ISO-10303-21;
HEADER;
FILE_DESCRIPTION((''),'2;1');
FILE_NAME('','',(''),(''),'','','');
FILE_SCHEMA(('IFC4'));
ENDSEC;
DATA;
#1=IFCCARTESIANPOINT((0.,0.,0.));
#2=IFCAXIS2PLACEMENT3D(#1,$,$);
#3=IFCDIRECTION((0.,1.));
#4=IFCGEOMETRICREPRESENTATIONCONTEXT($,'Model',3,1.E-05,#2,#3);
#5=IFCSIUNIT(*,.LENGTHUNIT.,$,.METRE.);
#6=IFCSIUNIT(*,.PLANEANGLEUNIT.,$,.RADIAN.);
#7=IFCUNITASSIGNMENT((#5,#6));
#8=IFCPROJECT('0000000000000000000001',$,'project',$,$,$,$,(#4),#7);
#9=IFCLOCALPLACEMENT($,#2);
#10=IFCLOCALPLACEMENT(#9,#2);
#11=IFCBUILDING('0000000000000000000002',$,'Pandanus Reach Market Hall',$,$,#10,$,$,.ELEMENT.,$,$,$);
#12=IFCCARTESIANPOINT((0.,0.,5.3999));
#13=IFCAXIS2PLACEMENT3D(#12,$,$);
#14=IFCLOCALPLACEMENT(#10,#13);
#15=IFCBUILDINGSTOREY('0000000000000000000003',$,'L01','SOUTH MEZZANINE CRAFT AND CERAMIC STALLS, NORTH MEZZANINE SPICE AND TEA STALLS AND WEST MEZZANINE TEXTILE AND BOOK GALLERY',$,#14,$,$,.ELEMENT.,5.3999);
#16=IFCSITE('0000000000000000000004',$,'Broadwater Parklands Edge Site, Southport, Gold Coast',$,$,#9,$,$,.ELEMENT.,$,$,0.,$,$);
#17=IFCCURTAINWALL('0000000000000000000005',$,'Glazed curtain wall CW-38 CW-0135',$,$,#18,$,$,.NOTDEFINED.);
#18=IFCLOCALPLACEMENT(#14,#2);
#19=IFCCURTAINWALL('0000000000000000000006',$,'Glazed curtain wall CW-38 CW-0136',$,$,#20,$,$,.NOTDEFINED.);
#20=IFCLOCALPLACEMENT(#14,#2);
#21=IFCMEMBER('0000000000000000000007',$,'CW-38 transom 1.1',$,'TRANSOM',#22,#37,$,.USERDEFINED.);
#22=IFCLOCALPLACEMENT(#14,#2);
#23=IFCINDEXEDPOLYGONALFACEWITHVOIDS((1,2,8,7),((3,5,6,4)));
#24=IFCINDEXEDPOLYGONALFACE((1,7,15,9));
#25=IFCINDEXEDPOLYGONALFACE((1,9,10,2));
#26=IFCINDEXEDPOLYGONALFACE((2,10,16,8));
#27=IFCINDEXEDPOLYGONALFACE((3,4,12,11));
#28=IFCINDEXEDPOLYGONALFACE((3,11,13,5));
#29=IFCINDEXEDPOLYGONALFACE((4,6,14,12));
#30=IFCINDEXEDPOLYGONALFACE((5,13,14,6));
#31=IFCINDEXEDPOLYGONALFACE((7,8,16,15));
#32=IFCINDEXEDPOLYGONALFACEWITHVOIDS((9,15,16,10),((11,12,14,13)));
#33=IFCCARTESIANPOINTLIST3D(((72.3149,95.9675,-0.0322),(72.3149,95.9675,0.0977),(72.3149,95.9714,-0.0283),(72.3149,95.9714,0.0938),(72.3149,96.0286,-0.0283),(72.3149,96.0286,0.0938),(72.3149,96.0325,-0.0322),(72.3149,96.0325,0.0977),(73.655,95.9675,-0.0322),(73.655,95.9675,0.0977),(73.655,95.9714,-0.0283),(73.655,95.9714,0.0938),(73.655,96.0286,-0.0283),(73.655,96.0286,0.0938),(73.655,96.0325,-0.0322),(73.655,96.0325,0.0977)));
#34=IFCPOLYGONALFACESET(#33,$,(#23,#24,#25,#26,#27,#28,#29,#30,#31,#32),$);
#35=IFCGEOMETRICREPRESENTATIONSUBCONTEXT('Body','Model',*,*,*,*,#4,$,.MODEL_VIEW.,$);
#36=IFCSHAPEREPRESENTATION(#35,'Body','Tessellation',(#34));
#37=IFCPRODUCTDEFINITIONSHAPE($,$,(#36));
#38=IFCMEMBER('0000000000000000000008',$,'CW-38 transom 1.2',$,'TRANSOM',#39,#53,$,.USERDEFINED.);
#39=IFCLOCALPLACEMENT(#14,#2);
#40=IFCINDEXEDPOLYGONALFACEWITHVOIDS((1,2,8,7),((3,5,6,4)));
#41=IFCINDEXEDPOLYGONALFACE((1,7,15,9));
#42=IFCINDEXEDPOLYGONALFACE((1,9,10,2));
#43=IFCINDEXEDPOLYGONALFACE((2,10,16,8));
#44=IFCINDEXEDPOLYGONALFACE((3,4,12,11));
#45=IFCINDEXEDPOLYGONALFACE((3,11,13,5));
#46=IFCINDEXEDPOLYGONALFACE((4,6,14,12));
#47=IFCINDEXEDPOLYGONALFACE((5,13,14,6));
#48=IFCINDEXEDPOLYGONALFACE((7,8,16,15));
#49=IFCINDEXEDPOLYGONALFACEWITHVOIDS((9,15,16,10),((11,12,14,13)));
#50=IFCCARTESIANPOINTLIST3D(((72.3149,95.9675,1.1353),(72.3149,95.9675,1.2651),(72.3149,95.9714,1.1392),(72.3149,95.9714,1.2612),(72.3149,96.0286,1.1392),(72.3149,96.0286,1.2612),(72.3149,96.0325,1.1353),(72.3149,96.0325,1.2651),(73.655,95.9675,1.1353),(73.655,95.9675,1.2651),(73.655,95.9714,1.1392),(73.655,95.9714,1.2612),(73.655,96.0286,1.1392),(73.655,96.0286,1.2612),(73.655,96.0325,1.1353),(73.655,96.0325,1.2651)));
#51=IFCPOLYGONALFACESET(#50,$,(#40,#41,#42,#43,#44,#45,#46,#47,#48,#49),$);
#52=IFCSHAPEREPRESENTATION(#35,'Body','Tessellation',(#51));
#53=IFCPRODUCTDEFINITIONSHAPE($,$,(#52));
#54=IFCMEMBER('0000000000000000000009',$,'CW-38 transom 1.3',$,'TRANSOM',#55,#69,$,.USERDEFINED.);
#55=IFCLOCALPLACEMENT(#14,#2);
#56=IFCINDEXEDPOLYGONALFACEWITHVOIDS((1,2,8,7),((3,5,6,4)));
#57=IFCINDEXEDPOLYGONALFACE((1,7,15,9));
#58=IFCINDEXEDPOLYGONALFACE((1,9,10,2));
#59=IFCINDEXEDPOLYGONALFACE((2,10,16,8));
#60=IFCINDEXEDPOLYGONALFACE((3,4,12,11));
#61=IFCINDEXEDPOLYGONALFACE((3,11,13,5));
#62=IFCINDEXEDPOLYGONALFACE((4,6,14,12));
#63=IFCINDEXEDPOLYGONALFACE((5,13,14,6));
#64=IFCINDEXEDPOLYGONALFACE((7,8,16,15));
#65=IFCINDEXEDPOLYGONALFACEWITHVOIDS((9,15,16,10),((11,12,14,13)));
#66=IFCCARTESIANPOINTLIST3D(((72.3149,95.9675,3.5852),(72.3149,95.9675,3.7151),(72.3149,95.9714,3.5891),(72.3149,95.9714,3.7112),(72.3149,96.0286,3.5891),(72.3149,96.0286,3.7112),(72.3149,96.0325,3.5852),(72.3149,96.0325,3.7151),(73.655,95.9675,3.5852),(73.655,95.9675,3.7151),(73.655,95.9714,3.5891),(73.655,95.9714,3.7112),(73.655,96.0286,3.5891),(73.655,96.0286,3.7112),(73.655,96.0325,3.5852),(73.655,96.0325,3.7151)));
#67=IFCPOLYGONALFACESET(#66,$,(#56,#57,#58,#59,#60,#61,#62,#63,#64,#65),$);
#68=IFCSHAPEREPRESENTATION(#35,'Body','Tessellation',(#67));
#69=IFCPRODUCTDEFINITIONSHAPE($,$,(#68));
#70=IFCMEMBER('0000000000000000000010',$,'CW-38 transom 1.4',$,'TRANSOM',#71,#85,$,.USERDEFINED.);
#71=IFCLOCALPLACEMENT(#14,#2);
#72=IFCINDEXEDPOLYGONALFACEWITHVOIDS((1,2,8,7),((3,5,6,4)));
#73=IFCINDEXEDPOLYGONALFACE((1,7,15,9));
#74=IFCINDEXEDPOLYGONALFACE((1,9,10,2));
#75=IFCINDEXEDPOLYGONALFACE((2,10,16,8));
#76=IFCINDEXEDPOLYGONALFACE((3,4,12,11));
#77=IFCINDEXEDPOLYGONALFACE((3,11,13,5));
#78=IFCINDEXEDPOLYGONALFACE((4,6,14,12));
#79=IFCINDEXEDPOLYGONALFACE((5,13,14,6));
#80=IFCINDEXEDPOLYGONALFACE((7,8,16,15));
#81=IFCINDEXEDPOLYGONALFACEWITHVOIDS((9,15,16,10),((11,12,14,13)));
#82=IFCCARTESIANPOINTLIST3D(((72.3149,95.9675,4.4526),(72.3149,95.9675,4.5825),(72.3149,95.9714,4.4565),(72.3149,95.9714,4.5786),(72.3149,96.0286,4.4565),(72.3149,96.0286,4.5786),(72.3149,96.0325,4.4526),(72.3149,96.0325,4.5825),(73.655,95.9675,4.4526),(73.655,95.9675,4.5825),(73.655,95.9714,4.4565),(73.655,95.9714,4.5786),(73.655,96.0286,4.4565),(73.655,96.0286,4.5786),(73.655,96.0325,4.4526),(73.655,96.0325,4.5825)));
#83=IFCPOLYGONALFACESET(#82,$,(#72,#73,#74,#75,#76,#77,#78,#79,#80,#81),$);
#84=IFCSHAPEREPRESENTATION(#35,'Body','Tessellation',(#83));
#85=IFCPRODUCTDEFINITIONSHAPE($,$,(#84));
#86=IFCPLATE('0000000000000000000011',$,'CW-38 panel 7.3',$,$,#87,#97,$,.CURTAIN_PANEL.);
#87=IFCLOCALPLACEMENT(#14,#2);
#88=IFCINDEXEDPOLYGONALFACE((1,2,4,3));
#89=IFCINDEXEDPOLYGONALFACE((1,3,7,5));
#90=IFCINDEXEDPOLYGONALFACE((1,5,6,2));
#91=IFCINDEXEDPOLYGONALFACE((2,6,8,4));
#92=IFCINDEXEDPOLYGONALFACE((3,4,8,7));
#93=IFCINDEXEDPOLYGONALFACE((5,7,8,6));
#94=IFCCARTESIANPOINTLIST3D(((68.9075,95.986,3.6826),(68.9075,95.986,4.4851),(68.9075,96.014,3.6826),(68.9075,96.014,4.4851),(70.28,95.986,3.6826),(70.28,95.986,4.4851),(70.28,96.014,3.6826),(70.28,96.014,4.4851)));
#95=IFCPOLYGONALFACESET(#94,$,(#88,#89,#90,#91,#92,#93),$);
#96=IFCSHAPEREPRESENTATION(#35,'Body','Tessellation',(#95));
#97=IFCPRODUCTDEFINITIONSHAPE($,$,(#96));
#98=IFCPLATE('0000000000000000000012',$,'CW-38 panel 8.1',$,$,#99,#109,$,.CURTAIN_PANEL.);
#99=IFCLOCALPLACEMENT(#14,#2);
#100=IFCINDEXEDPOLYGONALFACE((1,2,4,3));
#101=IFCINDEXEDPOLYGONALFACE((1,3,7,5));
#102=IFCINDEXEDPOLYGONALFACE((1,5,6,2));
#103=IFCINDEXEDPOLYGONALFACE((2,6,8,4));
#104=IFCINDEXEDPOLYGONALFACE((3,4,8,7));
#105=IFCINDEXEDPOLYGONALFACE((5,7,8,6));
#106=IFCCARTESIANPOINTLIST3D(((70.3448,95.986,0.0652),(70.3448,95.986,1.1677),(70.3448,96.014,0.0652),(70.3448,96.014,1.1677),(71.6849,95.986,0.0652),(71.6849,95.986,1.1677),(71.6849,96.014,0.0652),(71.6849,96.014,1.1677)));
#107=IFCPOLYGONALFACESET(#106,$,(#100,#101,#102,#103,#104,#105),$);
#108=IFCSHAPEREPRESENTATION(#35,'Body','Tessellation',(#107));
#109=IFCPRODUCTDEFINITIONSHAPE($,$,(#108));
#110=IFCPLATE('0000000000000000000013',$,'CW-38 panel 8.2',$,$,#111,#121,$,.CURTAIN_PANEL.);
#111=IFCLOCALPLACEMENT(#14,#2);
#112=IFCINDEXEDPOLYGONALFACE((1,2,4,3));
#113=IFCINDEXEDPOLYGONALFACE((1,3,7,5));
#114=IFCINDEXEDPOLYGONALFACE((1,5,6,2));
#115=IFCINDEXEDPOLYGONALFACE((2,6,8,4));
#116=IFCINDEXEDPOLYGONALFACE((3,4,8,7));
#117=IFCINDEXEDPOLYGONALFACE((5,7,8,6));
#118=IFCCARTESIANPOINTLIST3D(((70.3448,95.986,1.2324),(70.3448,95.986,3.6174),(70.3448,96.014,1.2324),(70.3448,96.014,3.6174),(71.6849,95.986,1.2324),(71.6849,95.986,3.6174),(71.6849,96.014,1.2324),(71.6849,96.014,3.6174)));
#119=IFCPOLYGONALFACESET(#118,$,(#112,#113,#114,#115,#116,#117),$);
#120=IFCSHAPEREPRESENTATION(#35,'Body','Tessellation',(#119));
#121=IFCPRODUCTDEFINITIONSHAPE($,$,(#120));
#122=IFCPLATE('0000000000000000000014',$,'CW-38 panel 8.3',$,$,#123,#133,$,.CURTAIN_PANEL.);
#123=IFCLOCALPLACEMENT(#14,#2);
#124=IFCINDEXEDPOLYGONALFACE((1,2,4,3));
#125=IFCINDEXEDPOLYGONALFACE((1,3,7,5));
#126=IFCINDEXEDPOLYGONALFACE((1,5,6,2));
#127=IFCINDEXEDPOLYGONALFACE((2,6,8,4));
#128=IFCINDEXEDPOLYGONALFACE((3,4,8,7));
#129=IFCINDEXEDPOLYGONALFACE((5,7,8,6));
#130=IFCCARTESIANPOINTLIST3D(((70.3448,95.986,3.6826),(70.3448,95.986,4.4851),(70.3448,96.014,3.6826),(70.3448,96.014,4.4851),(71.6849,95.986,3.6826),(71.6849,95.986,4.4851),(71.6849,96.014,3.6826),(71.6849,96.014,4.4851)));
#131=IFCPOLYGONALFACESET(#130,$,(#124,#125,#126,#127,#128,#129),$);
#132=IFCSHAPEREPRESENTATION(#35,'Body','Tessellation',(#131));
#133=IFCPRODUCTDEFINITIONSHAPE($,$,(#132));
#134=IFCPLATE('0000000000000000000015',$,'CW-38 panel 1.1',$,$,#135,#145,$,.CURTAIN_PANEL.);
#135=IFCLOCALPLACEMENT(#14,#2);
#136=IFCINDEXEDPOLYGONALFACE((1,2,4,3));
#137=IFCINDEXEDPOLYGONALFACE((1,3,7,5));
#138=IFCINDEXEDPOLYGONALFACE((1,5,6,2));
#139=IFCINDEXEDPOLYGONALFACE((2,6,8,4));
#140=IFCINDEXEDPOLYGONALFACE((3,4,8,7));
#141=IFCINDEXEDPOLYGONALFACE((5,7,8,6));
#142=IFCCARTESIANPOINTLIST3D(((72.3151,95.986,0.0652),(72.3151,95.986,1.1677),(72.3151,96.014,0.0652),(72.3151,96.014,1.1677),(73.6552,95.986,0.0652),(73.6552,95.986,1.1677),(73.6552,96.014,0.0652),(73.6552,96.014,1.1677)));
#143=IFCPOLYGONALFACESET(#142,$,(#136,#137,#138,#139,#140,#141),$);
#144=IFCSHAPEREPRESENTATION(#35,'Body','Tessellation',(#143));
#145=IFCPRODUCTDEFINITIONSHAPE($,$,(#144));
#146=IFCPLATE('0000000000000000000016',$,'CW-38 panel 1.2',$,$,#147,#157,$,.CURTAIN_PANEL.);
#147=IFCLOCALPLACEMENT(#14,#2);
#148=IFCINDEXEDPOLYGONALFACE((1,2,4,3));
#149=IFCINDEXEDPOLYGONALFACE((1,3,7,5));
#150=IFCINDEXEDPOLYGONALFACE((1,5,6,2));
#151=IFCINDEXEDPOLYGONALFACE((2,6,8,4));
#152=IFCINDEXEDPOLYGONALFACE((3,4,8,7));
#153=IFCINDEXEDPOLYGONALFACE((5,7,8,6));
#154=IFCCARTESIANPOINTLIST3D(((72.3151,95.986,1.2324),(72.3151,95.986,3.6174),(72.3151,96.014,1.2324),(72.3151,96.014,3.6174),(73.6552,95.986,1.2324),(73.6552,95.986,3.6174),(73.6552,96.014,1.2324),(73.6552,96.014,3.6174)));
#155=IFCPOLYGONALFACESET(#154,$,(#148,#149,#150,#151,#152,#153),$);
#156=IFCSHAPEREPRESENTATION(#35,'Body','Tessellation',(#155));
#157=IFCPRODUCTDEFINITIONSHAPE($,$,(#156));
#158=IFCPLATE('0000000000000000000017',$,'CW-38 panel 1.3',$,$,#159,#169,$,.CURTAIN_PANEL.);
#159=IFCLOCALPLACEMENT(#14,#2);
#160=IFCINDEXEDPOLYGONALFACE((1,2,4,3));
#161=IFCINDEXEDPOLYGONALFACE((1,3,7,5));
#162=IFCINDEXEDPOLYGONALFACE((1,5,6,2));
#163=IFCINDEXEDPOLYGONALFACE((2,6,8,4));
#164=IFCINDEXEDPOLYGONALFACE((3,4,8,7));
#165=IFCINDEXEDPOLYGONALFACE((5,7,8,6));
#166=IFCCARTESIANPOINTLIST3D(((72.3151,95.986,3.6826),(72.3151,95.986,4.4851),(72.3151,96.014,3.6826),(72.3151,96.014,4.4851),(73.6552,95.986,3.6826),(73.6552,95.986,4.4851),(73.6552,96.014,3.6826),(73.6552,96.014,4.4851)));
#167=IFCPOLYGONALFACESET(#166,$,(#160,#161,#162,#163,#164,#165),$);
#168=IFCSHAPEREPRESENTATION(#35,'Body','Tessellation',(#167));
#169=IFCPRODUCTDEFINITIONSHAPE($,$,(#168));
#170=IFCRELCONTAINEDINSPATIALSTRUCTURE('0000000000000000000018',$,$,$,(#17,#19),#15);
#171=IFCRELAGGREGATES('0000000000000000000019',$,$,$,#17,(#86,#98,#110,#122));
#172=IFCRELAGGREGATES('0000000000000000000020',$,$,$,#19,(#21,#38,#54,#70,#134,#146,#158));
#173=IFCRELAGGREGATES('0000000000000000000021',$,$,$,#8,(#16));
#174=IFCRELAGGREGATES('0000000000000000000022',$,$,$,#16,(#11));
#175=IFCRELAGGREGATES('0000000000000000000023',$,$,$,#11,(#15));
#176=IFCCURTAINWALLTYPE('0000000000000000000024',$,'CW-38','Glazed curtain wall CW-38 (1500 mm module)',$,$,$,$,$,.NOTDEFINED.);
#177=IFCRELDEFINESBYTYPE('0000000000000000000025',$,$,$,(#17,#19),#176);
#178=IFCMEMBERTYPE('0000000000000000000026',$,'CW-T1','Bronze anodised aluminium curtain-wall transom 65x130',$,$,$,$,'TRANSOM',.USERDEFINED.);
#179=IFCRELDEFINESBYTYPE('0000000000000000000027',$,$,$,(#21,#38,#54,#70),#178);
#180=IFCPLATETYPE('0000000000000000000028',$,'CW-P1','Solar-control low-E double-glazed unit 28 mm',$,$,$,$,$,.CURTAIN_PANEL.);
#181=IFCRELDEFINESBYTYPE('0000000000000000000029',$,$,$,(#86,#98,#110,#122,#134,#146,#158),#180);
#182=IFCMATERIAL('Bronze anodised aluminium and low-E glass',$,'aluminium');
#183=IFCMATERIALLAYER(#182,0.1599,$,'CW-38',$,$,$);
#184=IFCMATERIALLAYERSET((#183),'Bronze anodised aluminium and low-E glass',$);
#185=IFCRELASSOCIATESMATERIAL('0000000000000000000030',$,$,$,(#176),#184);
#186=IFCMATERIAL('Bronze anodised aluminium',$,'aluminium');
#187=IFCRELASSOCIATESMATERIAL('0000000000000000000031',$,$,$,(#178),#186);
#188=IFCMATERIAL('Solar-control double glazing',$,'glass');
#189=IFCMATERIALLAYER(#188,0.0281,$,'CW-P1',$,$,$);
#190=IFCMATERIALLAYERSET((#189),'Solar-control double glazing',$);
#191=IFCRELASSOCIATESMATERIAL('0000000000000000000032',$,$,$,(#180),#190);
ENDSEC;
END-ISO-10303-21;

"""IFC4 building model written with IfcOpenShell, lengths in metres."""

from ifc_helpers import new_model, si_unit, direction, frame, origin, origin_2d, place, context, subcontext, project, spatial, rectangle, hollow_rectangle, extrude, material, layer, layer_set, material_profile, profile_set, type_object, element, aggregate, save


model = new_model("IFC4")

# Units and contexts
model_context = context("Model", 3, precision=1e-05, world=origin(), true_north=direction((0.0, 1.0)))
body_context = subcontext(model_context, "Body", "Model", "MODEL_VIEW")
ifc_project = project(units=[si_unit("LENGTHUNIT", "METRE"), si_unit("PLANEANGLEUNIT", "RADIAN")], contexts=[model_context])

# Site, building, storey
site_placement = place(None, origin())
site = spatial("IfcSite", under=ifc_project, at=site_placement, Name="Broadwater Parklands Edge Site, Southport, Gold Coast", CompositionType="ELEMENT", RefElevation=0.0)
building_placement = place(site_placement, origin())
building = spatial("IfcBuilding", under=site, at=building_placement, Name="Pandanus Reach Market Hall", CompositionType="ELEMENT")
storey_placement = place(building_placement, frame((0.0, 0.0, 5.3999)))
storey = spatial("IfcBuildingStorey", under=building, at=storey_placement, Name="L01", Description="SOUTH MEZZANINE CRAFT AND CERAMIC STALLS, NORTH MEZZANINE SPICE AND TEA STALLS AND WEST MEZZANINE TEXTILE AND BOOK GALLERY", CompositionType="ELEMENT", Elevation=5.3999)

# Curtain wall
ifc_material_1 = material(Name="Bronze anodised aluminium and low-E glass", Category="aluminium")
ifc_layer_1 = layer(ifc_material_1, 0.1599, Name="CW-38")
ifc_layer_set_1 = layer_set([ifc_layer_1], Name="Bronze anodised aluminium and low-E glass")
curtain_wall_type = type_object("IfcCurtainWallType", Name="CW-38", Description="Glazed curtain wall CW-38 (1500 mm module)", PredefinedType="NOTDEFINED", material=ifc_layer_set_1)
curtain_wall_1_placement = place(storey_placement, origin())
curtain_wall_1 = element("IfcCurtainWall", 1, at=curtain_wall_1_placement, inside=storey, type_object=curtain_wall_type, Name="Glazed curtain wall CW-38 CW-0135", PredefinedType="NOTDEFINED")
ifc_material_2 = material(Name="Bronze anodised aluminium", Category="aluminium")

# Curtain wall
curtain_wall_2_placement = place(storey_placement, origin())
curtain_wall_2 = element("IfcCurtainWall", 2, at=curtain_wall_2_placement, inside=storey, type_object=curtain_wall_type, Name="Glazed curtain wall CW-38 CW-0136", PredefinedType="NOTDEFINED")

# Members
ifc_material_profile_1 = material_profile(ifc_material_2, hollow_rectangle(XDim=0.0649, YDim=0.1299, WallThickness=0.0039, at=origin_2d()), Name="ALU65x130", Category="LoadBearing")
ifc_profile_set_1 = profile_set([ifc_material_profile_1], Name="Bronze anodised aluminium")
member_type_1 = type_object("IfcMemberType", Name="CW-T1", Description="Bronze anodised aluminium curtain-wall transom 65x130", ElementType="TRANSOM", PredefinedType="USERDEFINED", material=ifc_profile_set_1)
member_1_placement = place(storey_placement, frame((72.3149, 96.0, 0.0327), z_axis=(1.0, 0.0, 0.0), x_axis=(0.0, 1.0, 0.0)))
member_1 = element("IfcMember", 3, at=member_1_placement, type_object=member_type_1, Name="CW-38 transom 1.1", ObjectType="TRANSOM", PredefinedType="USERDEFINED", context=body_context, shape_type="SweptSolid", body=[
    extrude(hollow_rectangle(XDim=0.0649, YDim=0.1299, WallThickness=0.0039, at=origin_2d()), origin(), (0.0, 0.0, 1.0), 1.3401),
])
member_2_placement = place(storey_placement, frame((72.3149, 96.0, 1.2002), z_axis=(1.0, 0.0, 0.0), x_axis=(0.0, 1.0, 0.0)))
member_2 = element("IfcMember", 4, at=member_2_placement, type_object=member_type_1, Name="CW-38 transom 1.2", ObjectType="TRANSOM", PredefinedType="USERDEFINED", context=body_context, shape_type="SweptSolid", body=[
    extrude(hollow_rectangle(XDim=0.0649, YDim=0.1299, WallThickness=0.0039, at=origin_2d()), origin(), (0.0, 0.0, 1.0), 1.3401),
])
member_3_placement = place(storey_placement, frame((72.3149, 96.0, 3.6501), z_axis=(1.0, 0.0, 0.0), x_axis=(0.0, 1.0, 0.0)))
member_3 = element("IfcMember", 5, at=member_3_placement, type_object=member_type_1, Name="CW-38 transom 1.3", ObjectType="TRANSOM", PredefinedType="USERDEFINED", context=body_context, shape_type="SweptSolid", body=[
    extrude(hollow_rectangle(XDim=0.0649, YDim=0.1299, WallThickness=0.0039, at=origin_2d()), origin(), (0.0, 0.0, 1.0), 1.3401),
])
member_4_placement = place(storey_placement, frame((72.3149, 96.0, 4.5176), z_axis=(1.0, 0.0, 0.0), x_axis=(0.0, 1.0, 0.0)))
member_4 = element("IfcMember", 6, at=member_4_placement, type_object=member_type_1, Name="CW-38 transom 1.4", ObjectType="TRANSOM", PredefinedType="USERDEFINED", context=body_context, shape_type="SweptSolid", body=[
    extrude(hollow_rectangle(XDim=0.0649, YDim=0.1299, WallThickness=0.0039, at=origin_2d()), origin(), (0.0, 0.0, 1.0), 1.3401),
])

# Plates
ifc_material_3 = material(Name="Solar-control double glazing", Category="glass")
ifc_layer_2 = layer(ifc_material_3, 0.0281, Name="CW-P1")
ifc_layer_set_2 = layer_set([ifc_layer_2], Name="Solar-control double glazing")
plate_type = type_object("IfcPlateType", Name="CW-P1", Description="Solar-control low-E double-glazed unit 28 mm", PredefinedType="CURTAIN_PANEL", material=ifc_layer_set_2)
plate_1_placement = place(storey_placement, frame((69.5938, 96.0, 3.6826), z_axis=(0.0, 0.0, 1.0), x_axis=(1.0, 0.0, 0.0)))
plate_1 = element("IfcPlate", 7, at=plate_1_placement, type_object=plate_type, Name="CW-38 panel 7.3", PredefinedType="CURTAIN_PANEL", context=body_context, shape_type="SweptSolid", body=[
    extrude(rectangle(XDim=1.3726, YDim=0.0281, at=origin_2d()), origin(), (0.0, 0.0, 1.0), 0.8025),
])
plate_2_placement = place(storey_placement, frame((71.0149, 96.0, 0.0652), z_axis=(0.0, 0.0, 1.0), x_axis=(1.0, 0.0, 0.0)))
plate_2 = element("IfcPlate", 8, at=plate_2_placement, type_object=plate_type, Name="CW-38 panel 8.1", PredefinedType="CURTAIN_PANEL", context=body_context, shape_type="SweptSolid", body=[
    extrude(rectangle(XDim=1.3401, YDim=0.0281, at=origin_2d()), origin(), (0.0, 0.0, 1.0), 1.1025),
])
plate_3_placement = place(storey_placement, frame((71.0149, 96.0, 1.2324), z_axis=(0.0, 0.0, 1.0), x_axis=(1.0, 0.0, 0.0)))
plate_3 = element("IfcPlate", 9, at=plate_3_placement, type_object=plate_type, Name="CW-38 panel 8.2", PredefinedType="CURTAIN_PANEL", context=body_context, shape_type="SweptSolid", body=[
    extrude(rectangle(XDim=1.3401, YDim=0.0281, at=origin_2d()), origin(), (0.0, 0.0, 1.0), 2.385),
])
plate_4_placement = place(storey_placement, frame((71.0149, 96.0, 3.6826), z_axis=(0.0, 0.0, 1.0), x_axis=(1.0, 0.0, 0.0)))
plate_4 = element("IfcPlate", 10, at=plate_4_placement, type_object=plate_type, Name="CW-38 panel 8.3", PredefinedType="CURTAIN_PANEL", context=body_context, shape_type="SweptSolid", body=[
    extrude(rectangle(XDim=1.3401, YDim=0.0281, at=origin_2d()), origin(), (0.0, 0.0, 1.0), 0.8025),
])
aggregate(curtain_wall_1, [plate_1, plate_2, plate_3, plate_4])
plate_5_placement = place(storey_placement, frame((72.9851, 96.0, 0.0652), z_axis=(0.0, 0.0, 1.0), x_axis=(1.0, 0.0, 0.0)))
plate_5 = element("IfcPlate", 11, at=plate_5_placement, type_object=plate_type, Name="CW-38 panel 1.1", PredefinedType="CURTAIN_PANEL", context=body_context, shape_type="SweptSolid", body=[
    extrude(rectangle(XDim=1.3401, YDim=0.0281, at=origin_2d()), origin(), (0.0, 0.0, 1.0), 1.1025),
])
plate_6_placement = place(storey_placement, frame((72.9851, 96.0, 1.2324), z_axis=(0.0, 0.0, 1.0), x_axis=(1.0, 0.0, 0.0)))
plate_6 = element("IfcPlate", 12, at=plate_6_placement, type_object=plate_type, Name="CW-38 panel 1.2", PredefinedType="CURTAIN_PANEL", context=body_context, shape_type="SweptSolid", body=[
    extrude(rectangle(XDim=1.3401, YDim=0.0281, at=origin_2d()), origin(), (0.0, 0.0, 1.0), 2.385),
])
plate_7_placement = place(storey_placement, frame((72.9851, 96.0, 3.6826), z_axis=(0.0, 0.0, 1.0), x_axis=(1.0, 0.0, 0.0)))
plate_7 = element("IfcPlate", 13, at=plate_7_placement, type_object=plate_type, Name="CW-38 panel 1.3", PredefinedType="CURTAIN_PANEL", context=body_context, shape_type="SweptSolid", body=[
    extrude(rectangle(XDim=1.3401, YDim=0.0281, at=origin_2d()), origin(), (0.0, 0.0, 1.0), 0.8025),
])
aggregate(curtain_wall_2, [member_1, member_2, member_3, member_4, plate_5, plate_6, plate_7])

save(model, "model.ifc")
